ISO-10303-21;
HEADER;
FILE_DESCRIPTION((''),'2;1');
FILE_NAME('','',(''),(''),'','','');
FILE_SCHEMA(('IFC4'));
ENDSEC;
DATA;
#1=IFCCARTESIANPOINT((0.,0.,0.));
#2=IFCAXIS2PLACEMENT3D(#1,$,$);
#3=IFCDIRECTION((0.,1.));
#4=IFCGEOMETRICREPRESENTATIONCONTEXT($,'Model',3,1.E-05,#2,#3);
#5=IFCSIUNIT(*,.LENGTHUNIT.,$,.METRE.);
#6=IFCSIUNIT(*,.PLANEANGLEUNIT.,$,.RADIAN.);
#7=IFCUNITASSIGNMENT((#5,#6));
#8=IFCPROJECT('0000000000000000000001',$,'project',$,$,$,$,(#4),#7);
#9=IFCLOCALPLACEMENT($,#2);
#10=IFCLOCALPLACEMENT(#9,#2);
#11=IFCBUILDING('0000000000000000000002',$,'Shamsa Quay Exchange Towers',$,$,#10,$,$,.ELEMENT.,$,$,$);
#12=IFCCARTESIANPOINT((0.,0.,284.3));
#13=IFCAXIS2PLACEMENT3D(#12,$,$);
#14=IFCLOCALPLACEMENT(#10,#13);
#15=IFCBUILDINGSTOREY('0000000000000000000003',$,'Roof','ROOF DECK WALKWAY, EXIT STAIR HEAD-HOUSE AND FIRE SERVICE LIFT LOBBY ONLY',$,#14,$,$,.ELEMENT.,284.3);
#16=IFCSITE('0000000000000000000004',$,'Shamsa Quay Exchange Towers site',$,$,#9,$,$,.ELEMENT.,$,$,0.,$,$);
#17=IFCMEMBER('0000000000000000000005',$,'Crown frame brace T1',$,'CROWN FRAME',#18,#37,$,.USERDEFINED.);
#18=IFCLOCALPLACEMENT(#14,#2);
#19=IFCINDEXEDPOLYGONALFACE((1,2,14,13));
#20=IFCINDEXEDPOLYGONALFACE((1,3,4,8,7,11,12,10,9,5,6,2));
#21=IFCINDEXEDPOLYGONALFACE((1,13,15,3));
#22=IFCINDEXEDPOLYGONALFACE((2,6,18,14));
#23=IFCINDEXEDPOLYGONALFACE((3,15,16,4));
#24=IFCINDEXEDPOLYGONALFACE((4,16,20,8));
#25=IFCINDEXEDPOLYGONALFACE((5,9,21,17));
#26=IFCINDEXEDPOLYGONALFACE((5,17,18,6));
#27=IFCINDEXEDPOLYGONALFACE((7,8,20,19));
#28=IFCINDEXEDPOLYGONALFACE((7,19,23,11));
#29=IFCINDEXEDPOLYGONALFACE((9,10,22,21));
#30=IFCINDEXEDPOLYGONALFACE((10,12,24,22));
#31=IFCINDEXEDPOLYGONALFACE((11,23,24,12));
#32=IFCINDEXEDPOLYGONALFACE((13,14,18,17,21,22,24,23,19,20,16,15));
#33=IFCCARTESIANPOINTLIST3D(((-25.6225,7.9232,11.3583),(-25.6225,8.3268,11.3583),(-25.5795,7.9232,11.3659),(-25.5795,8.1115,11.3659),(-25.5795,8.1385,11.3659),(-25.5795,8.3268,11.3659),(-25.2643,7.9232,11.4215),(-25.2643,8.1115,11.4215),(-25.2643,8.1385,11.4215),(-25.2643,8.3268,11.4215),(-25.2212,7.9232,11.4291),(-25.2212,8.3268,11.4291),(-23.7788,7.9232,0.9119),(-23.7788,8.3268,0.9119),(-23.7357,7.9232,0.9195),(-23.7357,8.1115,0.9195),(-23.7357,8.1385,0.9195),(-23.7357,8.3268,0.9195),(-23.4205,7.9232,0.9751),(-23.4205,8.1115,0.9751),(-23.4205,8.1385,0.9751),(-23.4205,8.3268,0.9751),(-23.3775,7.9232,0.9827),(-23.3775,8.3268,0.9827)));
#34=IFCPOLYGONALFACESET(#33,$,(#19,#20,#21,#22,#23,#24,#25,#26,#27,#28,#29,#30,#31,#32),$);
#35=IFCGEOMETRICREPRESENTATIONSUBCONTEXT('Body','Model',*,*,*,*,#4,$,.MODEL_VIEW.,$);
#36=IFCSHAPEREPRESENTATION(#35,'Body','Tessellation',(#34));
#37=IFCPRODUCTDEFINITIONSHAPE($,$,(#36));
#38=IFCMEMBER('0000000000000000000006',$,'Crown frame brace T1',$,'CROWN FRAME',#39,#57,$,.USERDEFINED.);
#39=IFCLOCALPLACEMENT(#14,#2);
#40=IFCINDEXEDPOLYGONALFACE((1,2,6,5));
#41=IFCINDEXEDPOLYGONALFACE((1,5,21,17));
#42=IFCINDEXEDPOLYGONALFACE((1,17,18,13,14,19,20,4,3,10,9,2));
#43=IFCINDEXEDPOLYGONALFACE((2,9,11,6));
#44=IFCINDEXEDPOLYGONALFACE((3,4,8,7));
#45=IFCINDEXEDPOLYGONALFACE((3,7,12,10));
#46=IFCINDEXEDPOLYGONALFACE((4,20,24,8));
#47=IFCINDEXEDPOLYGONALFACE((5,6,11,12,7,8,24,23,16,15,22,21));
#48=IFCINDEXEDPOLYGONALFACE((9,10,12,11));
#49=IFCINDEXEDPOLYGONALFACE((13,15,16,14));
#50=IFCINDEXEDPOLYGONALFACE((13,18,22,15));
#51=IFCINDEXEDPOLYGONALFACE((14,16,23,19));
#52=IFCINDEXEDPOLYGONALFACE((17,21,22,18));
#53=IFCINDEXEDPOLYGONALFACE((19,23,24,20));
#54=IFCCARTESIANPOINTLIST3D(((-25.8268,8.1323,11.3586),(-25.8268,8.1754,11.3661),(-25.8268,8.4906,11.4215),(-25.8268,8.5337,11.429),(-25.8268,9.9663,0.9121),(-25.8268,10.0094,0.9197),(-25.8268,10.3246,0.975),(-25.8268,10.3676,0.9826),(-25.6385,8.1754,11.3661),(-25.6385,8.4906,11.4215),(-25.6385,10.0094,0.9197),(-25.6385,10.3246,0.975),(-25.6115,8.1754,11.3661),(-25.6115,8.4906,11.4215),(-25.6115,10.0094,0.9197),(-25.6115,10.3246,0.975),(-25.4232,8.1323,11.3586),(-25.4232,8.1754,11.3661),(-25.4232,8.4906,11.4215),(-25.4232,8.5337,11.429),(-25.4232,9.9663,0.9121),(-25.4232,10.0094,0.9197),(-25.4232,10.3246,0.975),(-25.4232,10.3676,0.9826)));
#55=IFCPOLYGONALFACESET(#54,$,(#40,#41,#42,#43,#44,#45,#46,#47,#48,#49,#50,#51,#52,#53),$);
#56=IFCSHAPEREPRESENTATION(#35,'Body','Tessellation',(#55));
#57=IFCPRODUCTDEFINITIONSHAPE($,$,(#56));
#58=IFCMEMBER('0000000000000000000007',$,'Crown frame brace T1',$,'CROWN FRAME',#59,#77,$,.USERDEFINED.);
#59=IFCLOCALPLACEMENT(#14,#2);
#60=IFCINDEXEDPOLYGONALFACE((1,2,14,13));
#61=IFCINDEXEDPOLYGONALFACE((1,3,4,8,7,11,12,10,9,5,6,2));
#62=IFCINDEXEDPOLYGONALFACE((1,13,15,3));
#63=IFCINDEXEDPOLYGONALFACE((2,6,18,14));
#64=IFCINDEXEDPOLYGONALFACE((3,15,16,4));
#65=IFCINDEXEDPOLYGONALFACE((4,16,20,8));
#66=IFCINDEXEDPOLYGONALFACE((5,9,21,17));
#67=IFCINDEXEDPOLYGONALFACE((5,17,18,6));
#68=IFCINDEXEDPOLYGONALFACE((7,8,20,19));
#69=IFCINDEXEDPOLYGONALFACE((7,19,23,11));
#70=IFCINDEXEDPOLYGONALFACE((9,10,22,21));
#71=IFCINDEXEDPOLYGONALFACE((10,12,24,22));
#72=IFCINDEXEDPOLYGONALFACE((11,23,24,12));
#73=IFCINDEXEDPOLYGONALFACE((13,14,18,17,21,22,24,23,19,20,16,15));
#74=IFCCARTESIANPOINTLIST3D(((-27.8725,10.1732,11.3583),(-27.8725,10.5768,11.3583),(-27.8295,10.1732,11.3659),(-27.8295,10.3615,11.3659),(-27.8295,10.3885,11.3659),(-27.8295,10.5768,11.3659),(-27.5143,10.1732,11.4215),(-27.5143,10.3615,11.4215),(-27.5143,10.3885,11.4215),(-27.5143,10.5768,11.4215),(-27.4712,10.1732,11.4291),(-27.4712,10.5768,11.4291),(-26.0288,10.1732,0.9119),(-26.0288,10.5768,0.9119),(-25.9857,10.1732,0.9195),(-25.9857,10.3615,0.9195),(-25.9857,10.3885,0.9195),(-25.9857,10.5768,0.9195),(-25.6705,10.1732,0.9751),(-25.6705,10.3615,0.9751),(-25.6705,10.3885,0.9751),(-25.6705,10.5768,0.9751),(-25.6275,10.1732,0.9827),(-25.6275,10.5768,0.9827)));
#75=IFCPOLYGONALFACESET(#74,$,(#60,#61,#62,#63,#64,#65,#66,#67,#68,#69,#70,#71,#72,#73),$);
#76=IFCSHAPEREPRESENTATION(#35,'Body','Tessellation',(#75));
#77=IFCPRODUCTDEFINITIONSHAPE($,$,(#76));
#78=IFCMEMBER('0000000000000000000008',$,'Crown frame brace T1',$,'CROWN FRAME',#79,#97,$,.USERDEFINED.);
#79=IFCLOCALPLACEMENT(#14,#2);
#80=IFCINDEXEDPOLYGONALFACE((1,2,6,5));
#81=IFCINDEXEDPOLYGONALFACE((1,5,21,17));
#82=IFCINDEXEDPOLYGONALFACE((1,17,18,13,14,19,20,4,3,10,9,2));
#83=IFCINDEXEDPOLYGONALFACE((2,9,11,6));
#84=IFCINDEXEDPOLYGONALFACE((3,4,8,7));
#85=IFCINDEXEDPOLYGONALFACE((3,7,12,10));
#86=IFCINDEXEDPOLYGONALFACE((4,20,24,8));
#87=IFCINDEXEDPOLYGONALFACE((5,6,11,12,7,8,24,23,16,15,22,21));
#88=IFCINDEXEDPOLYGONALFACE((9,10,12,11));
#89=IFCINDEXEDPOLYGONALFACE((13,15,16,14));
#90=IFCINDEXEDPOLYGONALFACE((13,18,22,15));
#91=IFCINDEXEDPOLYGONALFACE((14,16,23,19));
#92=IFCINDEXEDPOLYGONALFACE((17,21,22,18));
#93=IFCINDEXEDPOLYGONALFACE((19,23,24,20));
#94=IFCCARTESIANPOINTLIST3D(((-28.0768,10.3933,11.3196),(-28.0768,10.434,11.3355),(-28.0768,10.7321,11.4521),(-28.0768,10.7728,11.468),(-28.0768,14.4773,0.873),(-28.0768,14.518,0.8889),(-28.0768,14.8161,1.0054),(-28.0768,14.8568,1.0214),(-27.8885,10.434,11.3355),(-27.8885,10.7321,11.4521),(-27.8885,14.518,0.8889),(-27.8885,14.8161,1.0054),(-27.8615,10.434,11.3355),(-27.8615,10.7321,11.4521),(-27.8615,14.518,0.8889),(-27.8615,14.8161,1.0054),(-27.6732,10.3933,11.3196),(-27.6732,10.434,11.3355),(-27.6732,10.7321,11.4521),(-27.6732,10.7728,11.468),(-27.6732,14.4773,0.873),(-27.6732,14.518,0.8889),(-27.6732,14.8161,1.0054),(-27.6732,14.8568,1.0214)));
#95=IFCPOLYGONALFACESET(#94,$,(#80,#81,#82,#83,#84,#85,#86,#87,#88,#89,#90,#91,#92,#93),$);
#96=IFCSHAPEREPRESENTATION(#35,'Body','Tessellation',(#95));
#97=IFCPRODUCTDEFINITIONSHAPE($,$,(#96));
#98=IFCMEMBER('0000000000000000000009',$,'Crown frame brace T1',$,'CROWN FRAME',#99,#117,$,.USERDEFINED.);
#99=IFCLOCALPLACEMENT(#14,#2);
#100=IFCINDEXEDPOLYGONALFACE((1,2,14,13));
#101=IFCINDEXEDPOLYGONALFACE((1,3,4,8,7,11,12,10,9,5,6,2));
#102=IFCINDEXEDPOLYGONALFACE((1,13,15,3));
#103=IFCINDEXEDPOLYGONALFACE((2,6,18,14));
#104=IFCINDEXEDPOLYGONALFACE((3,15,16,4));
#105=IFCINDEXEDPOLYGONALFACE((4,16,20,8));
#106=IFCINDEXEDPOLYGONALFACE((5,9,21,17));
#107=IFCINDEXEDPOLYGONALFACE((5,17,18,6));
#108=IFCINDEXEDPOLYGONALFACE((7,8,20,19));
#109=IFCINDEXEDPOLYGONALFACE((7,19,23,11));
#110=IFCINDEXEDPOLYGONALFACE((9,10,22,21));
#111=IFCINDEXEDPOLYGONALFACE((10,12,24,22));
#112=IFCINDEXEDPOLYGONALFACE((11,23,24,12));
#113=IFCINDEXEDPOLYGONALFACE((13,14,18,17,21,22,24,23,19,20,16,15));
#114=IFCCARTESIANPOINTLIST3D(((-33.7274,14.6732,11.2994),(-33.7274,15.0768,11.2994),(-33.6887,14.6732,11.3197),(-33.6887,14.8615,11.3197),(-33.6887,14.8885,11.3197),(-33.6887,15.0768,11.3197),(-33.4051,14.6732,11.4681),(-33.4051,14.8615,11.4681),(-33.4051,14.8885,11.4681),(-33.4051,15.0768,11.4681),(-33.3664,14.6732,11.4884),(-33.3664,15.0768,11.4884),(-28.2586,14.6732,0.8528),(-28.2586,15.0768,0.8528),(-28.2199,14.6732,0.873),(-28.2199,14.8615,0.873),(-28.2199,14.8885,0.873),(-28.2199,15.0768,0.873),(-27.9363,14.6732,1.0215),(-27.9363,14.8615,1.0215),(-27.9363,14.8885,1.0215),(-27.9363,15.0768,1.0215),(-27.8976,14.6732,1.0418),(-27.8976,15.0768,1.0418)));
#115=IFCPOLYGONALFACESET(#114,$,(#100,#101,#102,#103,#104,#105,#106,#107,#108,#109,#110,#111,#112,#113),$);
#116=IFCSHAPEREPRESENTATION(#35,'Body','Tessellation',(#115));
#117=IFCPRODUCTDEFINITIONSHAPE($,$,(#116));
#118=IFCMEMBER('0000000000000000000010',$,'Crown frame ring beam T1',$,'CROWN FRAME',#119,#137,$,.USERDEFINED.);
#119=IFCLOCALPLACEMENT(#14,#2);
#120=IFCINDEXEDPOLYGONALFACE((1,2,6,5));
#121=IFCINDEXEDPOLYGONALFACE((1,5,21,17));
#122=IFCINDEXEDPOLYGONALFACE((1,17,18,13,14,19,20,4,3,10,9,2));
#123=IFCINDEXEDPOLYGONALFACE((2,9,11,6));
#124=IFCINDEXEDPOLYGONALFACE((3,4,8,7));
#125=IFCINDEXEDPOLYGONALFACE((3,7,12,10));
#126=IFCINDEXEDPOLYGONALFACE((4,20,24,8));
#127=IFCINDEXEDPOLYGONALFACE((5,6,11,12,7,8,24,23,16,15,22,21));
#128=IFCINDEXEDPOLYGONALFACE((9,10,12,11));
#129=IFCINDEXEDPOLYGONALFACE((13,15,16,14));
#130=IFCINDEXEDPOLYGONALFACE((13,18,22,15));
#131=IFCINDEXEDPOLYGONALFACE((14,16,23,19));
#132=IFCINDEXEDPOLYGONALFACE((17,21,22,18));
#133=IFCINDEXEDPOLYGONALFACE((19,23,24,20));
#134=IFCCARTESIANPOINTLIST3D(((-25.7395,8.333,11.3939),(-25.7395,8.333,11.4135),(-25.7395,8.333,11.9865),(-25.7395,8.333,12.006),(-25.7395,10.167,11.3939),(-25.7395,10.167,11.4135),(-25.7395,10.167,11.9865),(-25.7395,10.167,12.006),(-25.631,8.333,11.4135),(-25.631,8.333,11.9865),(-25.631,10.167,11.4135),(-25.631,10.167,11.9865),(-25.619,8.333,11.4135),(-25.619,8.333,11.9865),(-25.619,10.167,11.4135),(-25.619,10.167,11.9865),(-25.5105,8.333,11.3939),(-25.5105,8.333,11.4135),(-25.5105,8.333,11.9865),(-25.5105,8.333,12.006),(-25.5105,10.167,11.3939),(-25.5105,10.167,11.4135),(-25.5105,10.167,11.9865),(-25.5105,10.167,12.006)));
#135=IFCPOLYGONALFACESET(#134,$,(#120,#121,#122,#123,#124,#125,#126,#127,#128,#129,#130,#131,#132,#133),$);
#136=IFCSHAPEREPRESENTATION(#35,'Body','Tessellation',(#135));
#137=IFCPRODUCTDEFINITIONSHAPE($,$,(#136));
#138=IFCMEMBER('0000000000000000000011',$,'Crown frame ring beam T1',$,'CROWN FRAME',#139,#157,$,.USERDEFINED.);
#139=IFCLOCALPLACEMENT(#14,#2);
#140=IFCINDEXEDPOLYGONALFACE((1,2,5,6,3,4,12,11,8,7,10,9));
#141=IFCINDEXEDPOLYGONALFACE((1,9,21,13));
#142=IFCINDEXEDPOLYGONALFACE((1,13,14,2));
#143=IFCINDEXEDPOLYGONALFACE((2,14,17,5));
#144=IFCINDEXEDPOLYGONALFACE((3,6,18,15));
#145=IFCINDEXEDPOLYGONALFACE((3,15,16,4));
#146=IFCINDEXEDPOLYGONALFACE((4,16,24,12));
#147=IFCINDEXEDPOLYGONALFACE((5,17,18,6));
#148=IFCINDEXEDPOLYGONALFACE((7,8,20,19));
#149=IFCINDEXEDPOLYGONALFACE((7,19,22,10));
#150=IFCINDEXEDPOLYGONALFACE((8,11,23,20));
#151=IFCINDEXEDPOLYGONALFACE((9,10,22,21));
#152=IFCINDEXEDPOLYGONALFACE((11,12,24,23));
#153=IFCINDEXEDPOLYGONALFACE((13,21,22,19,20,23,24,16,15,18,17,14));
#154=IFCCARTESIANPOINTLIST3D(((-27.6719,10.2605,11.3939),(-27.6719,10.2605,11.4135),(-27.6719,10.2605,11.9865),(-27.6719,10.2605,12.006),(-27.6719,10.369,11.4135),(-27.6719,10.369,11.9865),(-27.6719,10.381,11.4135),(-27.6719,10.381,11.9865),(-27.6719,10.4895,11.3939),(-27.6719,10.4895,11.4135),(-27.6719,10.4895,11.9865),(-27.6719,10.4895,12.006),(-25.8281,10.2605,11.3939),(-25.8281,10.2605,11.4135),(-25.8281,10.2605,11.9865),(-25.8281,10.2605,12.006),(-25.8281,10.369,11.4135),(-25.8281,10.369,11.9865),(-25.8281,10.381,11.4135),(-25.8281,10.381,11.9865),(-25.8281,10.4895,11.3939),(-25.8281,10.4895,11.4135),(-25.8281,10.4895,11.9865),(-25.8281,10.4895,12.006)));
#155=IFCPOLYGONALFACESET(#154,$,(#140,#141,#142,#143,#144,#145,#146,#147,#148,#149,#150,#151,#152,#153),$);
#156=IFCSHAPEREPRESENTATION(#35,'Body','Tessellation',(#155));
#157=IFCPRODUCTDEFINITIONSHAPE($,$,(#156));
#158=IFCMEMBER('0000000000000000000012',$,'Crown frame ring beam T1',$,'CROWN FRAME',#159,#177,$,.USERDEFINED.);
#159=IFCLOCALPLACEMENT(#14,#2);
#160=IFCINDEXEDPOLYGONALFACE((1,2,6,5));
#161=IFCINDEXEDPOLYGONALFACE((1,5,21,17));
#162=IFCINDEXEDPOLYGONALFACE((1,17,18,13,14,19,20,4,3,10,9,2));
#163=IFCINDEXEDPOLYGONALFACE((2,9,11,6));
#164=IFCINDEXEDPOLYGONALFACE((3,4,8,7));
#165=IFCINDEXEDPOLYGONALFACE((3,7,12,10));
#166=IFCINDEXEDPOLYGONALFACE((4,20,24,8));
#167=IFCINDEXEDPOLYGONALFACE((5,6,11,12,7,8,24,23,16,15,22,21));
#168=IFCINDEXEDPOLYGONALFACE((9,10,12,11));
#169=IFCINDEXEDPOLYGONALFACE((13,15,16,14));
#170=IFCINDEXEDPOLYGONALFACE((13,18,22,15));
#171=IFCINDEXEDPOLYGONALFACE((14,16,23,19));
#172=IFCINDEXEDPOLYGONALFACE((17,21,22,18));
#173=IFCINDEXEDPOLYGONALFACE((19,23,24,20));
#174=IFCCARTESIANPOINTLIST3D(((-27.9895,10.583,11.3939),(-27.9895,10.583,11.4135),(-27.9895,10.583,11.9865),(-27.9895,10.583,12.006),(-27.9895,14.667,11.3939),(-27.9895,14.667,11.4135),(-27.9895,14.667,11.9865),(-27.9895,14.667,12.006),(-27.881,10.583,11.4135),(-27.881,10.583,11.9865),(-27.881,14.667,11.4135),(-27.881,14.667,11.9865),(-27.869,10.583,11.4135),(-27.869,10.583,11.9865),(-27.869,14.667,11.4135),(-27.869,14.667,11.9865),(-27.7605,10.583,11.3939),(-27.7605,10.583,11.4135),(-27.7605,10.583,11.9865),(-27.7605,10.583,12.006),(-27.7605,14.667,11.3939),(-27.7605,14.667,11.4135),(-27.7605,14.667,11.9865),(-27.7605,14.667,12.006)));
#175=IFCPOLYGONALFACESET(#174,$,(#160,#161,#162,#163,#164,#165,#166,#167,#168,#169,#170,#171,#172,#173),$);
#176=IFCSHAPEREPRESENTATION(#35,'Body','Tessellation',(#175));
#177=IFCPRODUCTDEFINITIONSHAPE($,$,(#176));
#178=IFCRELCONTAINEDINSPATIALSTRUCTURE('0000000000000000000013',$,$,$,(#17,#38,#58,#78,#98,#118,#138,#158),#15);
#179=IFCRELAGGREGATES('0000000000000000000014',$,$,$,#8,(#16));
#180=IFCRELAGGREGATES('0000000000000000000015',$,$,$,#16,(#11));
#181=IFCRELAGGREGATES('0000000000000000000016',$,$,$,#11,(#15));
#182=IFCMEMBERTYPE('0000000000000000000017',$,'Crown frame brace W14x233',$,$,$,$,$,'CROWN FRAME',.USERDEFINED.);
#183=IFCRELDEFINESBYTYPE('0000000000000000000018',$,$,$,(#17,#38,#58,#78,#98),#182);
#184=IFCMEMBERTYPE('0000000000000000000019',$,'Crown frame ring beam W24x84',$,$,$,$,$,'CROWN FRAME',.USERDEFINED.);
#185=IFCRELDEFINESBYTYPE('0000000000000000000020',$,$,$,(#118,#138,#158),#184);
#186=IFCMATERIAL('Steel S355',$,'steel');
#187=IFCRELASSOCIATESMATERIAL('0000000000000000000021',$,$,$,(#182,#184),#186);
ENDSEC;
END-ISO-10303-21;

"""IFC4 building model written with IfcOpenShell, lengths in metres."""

from ifc_helpers import new_model, si_unit, direction, frame, origin, origin_2d, place, context, subcontext, project, spatial, i_section, extrude, material, material_profile, profile_set, type_object, element, save


model = new_model("IFC4")

# Units and contexts
model_context = context("Model", 3, precision=1e-05, world=origin(), true_north=direction((0.0, 1.0)))
body_context = subcontext(model_context, "Body", "Model", "MODEL_VIEW")
ifc_project = project(units=[si_unit("LENGTHUNIT", "METRE"), si_unit("PLANEANGLEUNIT", "RADIAN")], contexts=[model_context])

# Site, building, storey
site_placement = place(None, origin())
site = spatial("IfcSite", under=ifc_project, at=site_placement, Name="Shamsa Quay Exchange Towers site", CompositionType="ELEMENT", RefElevation=0.0)
building_placement = place(site_placement, origin())
building = spatial("IfcBuilding", under=site, at=building_placement, Name="Shamsa Quay Exchange Towers", CompositionType="ELEMENT")
storey_placement = place(building_placement, frame((0.0, 0.0, 284.3)))
storey = spatial("IfcBuildingStorey", under=building, at=storey_placement, Name="Roof", Description="ROOF DECK WALKWAY, EXIT STAIR HEAD-HOUSE AND FIRE SERVICE LIFT LOBBY ONLY", CompositionType="ELEMENT", Elevation=284.3)

# Members
ifc_material_1 = material(Name="Steel S355", Category="steel")
ifc_material_profile_1 = material_profile(ifc_material_1, i_section(OverallWidth=0.4036, OverallDepth=0.4075, WebThickness=0.0271, FlangeThickness=0.0437, at=origin_2d()), Name="W14x233")
ifc_profile_set_1 = profile_set([ifc_material_profile_1], Name="Steel S355")
member_type_1 = type_object("IfcMemberType", Name="Crown frame brace W14x233", ElementType="CROWN FRAME", PredefinedType="USERDEFINED", material=ifc_profile_set_1)
member_1_placement = place(storey_placement, frame((-23.5781, 8.125, 0.9473), z_axis=(-0.173808, 0.0, 0.98478), x_axis=(0.0, -1.0, 0.0)))
element("IfcMember", 1, at=member_1_placement, inside=storey, type_object=member_type_1, Name="Crown frame brace T1", ObjectType="CROWN FRAME", PredefinedType="USERDEFINED", context=body_context, shape_type="SweptSolid", body=[
    extrude(i_section(OverallWidth=0.4036, OverallDepth=0.4075, WebThickness=0.0271, FlangeThickness=0.0437, at=origin_2d()), origin(), (0.0, 0.0, 1.0), 10.6079),
])
member_2_placement = place(storey_placement, frame((-25.625, 8.333, 11.3938), z_axis=(0.0, 0.172915, -0.984937), x_axis=(-1.0, 0.0, 0.0)))
element("IfcMember", 2, at=member_2_placement, inside=storey, type_object=member_type_1, Name="Crown frame brace T1", ObjectType="CROWN FRAME", PredefinedType="USERDEFINED", context=body_context, shape_type="SweptSolid", body=[
    extrude(i_section(OverallWidth=0.4036, OverallDepth=0.4075, WebThickness=0.0271, FlangeThickness=0.0437, at=origin_2d()), origin(), (0.0, 0.0, 1.0), 10.6062),
])
member_3_placement = place(storey_placement, frame((-25.8281, 10.375, 0.9473), z_axis=(-0.173808, 0.0, 0.98478), x_axis=(0.0, -1.0, 0.0)))
element("IfcMember", 3, at=member_3_placement, inside=storey, type_object=member_type_1, Name="Crown frame brace T1", ObjectType="CROWN FRAME", PredefinedType="USERDEFINED", context=body_context, shape_type="SweptSolid", body=[
    extrude(i_section(OverallWidth=0.4036, OverallDepth=0.4075, WebThickness=0.0271, FlangeThickness=0.0437, at=origin_2d()), origin(), (0.0, 0.0, 1.0), 10.6079),
])
member_4_placement = place(storey_placement, frame((-27.875, 10.583, 11.3938), z_axis=(0.0, 0.364106, -0.931357), x_axis=(-1.0, 0.0, 0.0)))
element("IfcMember", 4, at=member_4_placement, inside=storey, type_object=member_type_1, Name="Crown frame brace T1", ObjectType="CROWN FRAME", PredefinedType="USERDEFINED", context=body_context, shape_type="SweptSolid", body=[
    extrude(i_section(OverallWidth=0.4036, OverallDepth=0.4075, WebThickness=0.0271, FlangeThickness=0.0437, at=origin_2d()), origin(), (0.0, 0.0, 1.0), 11.2166),
])
member_5_placement = place(storey_placement, frame((-28.0781, 14.875, 0.9473), z_axis=(-0.463791, 0.0, 0.885945), x_axis=(0.0, -1.0, 0.0)))
element("IfcMember", 5, at=member_5_placement, inside=storey, type_object=member_type_1, Name="Crown frame brace T1", ObjectType="CROWN FRAME", PredefinedType="USERDEFINED", context=body_context, shape_type="SweptSolid", body=[
    extrude(i_section(OverallWidth=0.4036, OverallDepth=0.4075, WebThickness=0.0271, FlangeThickness=0.0437, at=origin_2d()), origin(), (0.0, 0.0, 1.0), 11.7915),
])
ifc_material_profile_2 = material_profile(ifc_material_1, i_section(OverallWidth=0.229, OverallDepth=0.6121, WebThickness=0.012, FlangeThickness=0.0195, at=origin_2d()), Name="W24x84")
ifc_profile_set_2 = profile_set([ifc_material_profile_2], Name="Steel S355")
member_type_2 = type_object("IfcMemberType", Name="Crown frame ring beam W24x84", ElementType="CROWN FRAME", PredefinedType="USERDEFINED", material=ifc_profile_set_2)
member_6_placement = place(storey_placement, frame((-25.625, 8.333, 11.7), z_axis=(0.0, 1.0, 0.0), x_axis=(-1.0, 0.0, 0.0)))
element("IfcMember", 6, at=member_6_placement, inside=storey, type_object=member_type_2, Name="Crown frame ring beam T1", ObjectType="CROWN FRAME", PredefinedType="USERDEFINED", context=body_context, shape_type="SweptSolid", body=[
    extrude(i_section(OverallWidth=0.229, OverallDepth=0.6121, WebThickness=0.012, FlangeThickness=0.0195, at=origin_2d()), origin(), (0.0, 0.0, 1.0), 1.834),
])
member_7_placement = place(storey_placement, frame((-25.8281, 10.375, 11.7), z_axis=(-1.0, 0.0, 0.0), x_axis=(0.0, -1.0, 0.0)))
element("IfcMember", 7, at=member_7_placement, inside=storey, type_object=member_type_2, Name="Crown frame ring beam T1", ObjectType="CROWN FRAME", PredefinedType="USERDEFINED", context=body_context, shape_type="SweptSolid", body=[
    extrude(i_section(OverallWidth=0.229, OverallDepth=0.6121, WebThickness=0.012, FlangeThickness=0.0195, at=origin_2d()), origin(), (0.0, 0.0, 1.0), 1.8438),
])
member_8_placement = place(storey_placement, frame((-27.875, 10.583, 11.7), z_axis=(0.0, 1.0, 0.0), x_axis=(-1.0, 0.0, 0.0)))
element("IfcMember", 8, at=member_8_placement, inside=storey, type_object=member_type_2, Name="Crown frame ring beam T1", ObjectType="CROWN FRAME", PredefinedType="USERDEFINED", context=body_context, shape_type="SweptSolid", body=[
    extrude(i_section(OverallWidth=0.229, OverallDepth=0.6121, WebThickness=0.012, FlangeThickness=0.0195, at=origin_2d()), origin(), (0.0, 0.0, 1.0), 4.084),
])

save(model, "model.ifc")
